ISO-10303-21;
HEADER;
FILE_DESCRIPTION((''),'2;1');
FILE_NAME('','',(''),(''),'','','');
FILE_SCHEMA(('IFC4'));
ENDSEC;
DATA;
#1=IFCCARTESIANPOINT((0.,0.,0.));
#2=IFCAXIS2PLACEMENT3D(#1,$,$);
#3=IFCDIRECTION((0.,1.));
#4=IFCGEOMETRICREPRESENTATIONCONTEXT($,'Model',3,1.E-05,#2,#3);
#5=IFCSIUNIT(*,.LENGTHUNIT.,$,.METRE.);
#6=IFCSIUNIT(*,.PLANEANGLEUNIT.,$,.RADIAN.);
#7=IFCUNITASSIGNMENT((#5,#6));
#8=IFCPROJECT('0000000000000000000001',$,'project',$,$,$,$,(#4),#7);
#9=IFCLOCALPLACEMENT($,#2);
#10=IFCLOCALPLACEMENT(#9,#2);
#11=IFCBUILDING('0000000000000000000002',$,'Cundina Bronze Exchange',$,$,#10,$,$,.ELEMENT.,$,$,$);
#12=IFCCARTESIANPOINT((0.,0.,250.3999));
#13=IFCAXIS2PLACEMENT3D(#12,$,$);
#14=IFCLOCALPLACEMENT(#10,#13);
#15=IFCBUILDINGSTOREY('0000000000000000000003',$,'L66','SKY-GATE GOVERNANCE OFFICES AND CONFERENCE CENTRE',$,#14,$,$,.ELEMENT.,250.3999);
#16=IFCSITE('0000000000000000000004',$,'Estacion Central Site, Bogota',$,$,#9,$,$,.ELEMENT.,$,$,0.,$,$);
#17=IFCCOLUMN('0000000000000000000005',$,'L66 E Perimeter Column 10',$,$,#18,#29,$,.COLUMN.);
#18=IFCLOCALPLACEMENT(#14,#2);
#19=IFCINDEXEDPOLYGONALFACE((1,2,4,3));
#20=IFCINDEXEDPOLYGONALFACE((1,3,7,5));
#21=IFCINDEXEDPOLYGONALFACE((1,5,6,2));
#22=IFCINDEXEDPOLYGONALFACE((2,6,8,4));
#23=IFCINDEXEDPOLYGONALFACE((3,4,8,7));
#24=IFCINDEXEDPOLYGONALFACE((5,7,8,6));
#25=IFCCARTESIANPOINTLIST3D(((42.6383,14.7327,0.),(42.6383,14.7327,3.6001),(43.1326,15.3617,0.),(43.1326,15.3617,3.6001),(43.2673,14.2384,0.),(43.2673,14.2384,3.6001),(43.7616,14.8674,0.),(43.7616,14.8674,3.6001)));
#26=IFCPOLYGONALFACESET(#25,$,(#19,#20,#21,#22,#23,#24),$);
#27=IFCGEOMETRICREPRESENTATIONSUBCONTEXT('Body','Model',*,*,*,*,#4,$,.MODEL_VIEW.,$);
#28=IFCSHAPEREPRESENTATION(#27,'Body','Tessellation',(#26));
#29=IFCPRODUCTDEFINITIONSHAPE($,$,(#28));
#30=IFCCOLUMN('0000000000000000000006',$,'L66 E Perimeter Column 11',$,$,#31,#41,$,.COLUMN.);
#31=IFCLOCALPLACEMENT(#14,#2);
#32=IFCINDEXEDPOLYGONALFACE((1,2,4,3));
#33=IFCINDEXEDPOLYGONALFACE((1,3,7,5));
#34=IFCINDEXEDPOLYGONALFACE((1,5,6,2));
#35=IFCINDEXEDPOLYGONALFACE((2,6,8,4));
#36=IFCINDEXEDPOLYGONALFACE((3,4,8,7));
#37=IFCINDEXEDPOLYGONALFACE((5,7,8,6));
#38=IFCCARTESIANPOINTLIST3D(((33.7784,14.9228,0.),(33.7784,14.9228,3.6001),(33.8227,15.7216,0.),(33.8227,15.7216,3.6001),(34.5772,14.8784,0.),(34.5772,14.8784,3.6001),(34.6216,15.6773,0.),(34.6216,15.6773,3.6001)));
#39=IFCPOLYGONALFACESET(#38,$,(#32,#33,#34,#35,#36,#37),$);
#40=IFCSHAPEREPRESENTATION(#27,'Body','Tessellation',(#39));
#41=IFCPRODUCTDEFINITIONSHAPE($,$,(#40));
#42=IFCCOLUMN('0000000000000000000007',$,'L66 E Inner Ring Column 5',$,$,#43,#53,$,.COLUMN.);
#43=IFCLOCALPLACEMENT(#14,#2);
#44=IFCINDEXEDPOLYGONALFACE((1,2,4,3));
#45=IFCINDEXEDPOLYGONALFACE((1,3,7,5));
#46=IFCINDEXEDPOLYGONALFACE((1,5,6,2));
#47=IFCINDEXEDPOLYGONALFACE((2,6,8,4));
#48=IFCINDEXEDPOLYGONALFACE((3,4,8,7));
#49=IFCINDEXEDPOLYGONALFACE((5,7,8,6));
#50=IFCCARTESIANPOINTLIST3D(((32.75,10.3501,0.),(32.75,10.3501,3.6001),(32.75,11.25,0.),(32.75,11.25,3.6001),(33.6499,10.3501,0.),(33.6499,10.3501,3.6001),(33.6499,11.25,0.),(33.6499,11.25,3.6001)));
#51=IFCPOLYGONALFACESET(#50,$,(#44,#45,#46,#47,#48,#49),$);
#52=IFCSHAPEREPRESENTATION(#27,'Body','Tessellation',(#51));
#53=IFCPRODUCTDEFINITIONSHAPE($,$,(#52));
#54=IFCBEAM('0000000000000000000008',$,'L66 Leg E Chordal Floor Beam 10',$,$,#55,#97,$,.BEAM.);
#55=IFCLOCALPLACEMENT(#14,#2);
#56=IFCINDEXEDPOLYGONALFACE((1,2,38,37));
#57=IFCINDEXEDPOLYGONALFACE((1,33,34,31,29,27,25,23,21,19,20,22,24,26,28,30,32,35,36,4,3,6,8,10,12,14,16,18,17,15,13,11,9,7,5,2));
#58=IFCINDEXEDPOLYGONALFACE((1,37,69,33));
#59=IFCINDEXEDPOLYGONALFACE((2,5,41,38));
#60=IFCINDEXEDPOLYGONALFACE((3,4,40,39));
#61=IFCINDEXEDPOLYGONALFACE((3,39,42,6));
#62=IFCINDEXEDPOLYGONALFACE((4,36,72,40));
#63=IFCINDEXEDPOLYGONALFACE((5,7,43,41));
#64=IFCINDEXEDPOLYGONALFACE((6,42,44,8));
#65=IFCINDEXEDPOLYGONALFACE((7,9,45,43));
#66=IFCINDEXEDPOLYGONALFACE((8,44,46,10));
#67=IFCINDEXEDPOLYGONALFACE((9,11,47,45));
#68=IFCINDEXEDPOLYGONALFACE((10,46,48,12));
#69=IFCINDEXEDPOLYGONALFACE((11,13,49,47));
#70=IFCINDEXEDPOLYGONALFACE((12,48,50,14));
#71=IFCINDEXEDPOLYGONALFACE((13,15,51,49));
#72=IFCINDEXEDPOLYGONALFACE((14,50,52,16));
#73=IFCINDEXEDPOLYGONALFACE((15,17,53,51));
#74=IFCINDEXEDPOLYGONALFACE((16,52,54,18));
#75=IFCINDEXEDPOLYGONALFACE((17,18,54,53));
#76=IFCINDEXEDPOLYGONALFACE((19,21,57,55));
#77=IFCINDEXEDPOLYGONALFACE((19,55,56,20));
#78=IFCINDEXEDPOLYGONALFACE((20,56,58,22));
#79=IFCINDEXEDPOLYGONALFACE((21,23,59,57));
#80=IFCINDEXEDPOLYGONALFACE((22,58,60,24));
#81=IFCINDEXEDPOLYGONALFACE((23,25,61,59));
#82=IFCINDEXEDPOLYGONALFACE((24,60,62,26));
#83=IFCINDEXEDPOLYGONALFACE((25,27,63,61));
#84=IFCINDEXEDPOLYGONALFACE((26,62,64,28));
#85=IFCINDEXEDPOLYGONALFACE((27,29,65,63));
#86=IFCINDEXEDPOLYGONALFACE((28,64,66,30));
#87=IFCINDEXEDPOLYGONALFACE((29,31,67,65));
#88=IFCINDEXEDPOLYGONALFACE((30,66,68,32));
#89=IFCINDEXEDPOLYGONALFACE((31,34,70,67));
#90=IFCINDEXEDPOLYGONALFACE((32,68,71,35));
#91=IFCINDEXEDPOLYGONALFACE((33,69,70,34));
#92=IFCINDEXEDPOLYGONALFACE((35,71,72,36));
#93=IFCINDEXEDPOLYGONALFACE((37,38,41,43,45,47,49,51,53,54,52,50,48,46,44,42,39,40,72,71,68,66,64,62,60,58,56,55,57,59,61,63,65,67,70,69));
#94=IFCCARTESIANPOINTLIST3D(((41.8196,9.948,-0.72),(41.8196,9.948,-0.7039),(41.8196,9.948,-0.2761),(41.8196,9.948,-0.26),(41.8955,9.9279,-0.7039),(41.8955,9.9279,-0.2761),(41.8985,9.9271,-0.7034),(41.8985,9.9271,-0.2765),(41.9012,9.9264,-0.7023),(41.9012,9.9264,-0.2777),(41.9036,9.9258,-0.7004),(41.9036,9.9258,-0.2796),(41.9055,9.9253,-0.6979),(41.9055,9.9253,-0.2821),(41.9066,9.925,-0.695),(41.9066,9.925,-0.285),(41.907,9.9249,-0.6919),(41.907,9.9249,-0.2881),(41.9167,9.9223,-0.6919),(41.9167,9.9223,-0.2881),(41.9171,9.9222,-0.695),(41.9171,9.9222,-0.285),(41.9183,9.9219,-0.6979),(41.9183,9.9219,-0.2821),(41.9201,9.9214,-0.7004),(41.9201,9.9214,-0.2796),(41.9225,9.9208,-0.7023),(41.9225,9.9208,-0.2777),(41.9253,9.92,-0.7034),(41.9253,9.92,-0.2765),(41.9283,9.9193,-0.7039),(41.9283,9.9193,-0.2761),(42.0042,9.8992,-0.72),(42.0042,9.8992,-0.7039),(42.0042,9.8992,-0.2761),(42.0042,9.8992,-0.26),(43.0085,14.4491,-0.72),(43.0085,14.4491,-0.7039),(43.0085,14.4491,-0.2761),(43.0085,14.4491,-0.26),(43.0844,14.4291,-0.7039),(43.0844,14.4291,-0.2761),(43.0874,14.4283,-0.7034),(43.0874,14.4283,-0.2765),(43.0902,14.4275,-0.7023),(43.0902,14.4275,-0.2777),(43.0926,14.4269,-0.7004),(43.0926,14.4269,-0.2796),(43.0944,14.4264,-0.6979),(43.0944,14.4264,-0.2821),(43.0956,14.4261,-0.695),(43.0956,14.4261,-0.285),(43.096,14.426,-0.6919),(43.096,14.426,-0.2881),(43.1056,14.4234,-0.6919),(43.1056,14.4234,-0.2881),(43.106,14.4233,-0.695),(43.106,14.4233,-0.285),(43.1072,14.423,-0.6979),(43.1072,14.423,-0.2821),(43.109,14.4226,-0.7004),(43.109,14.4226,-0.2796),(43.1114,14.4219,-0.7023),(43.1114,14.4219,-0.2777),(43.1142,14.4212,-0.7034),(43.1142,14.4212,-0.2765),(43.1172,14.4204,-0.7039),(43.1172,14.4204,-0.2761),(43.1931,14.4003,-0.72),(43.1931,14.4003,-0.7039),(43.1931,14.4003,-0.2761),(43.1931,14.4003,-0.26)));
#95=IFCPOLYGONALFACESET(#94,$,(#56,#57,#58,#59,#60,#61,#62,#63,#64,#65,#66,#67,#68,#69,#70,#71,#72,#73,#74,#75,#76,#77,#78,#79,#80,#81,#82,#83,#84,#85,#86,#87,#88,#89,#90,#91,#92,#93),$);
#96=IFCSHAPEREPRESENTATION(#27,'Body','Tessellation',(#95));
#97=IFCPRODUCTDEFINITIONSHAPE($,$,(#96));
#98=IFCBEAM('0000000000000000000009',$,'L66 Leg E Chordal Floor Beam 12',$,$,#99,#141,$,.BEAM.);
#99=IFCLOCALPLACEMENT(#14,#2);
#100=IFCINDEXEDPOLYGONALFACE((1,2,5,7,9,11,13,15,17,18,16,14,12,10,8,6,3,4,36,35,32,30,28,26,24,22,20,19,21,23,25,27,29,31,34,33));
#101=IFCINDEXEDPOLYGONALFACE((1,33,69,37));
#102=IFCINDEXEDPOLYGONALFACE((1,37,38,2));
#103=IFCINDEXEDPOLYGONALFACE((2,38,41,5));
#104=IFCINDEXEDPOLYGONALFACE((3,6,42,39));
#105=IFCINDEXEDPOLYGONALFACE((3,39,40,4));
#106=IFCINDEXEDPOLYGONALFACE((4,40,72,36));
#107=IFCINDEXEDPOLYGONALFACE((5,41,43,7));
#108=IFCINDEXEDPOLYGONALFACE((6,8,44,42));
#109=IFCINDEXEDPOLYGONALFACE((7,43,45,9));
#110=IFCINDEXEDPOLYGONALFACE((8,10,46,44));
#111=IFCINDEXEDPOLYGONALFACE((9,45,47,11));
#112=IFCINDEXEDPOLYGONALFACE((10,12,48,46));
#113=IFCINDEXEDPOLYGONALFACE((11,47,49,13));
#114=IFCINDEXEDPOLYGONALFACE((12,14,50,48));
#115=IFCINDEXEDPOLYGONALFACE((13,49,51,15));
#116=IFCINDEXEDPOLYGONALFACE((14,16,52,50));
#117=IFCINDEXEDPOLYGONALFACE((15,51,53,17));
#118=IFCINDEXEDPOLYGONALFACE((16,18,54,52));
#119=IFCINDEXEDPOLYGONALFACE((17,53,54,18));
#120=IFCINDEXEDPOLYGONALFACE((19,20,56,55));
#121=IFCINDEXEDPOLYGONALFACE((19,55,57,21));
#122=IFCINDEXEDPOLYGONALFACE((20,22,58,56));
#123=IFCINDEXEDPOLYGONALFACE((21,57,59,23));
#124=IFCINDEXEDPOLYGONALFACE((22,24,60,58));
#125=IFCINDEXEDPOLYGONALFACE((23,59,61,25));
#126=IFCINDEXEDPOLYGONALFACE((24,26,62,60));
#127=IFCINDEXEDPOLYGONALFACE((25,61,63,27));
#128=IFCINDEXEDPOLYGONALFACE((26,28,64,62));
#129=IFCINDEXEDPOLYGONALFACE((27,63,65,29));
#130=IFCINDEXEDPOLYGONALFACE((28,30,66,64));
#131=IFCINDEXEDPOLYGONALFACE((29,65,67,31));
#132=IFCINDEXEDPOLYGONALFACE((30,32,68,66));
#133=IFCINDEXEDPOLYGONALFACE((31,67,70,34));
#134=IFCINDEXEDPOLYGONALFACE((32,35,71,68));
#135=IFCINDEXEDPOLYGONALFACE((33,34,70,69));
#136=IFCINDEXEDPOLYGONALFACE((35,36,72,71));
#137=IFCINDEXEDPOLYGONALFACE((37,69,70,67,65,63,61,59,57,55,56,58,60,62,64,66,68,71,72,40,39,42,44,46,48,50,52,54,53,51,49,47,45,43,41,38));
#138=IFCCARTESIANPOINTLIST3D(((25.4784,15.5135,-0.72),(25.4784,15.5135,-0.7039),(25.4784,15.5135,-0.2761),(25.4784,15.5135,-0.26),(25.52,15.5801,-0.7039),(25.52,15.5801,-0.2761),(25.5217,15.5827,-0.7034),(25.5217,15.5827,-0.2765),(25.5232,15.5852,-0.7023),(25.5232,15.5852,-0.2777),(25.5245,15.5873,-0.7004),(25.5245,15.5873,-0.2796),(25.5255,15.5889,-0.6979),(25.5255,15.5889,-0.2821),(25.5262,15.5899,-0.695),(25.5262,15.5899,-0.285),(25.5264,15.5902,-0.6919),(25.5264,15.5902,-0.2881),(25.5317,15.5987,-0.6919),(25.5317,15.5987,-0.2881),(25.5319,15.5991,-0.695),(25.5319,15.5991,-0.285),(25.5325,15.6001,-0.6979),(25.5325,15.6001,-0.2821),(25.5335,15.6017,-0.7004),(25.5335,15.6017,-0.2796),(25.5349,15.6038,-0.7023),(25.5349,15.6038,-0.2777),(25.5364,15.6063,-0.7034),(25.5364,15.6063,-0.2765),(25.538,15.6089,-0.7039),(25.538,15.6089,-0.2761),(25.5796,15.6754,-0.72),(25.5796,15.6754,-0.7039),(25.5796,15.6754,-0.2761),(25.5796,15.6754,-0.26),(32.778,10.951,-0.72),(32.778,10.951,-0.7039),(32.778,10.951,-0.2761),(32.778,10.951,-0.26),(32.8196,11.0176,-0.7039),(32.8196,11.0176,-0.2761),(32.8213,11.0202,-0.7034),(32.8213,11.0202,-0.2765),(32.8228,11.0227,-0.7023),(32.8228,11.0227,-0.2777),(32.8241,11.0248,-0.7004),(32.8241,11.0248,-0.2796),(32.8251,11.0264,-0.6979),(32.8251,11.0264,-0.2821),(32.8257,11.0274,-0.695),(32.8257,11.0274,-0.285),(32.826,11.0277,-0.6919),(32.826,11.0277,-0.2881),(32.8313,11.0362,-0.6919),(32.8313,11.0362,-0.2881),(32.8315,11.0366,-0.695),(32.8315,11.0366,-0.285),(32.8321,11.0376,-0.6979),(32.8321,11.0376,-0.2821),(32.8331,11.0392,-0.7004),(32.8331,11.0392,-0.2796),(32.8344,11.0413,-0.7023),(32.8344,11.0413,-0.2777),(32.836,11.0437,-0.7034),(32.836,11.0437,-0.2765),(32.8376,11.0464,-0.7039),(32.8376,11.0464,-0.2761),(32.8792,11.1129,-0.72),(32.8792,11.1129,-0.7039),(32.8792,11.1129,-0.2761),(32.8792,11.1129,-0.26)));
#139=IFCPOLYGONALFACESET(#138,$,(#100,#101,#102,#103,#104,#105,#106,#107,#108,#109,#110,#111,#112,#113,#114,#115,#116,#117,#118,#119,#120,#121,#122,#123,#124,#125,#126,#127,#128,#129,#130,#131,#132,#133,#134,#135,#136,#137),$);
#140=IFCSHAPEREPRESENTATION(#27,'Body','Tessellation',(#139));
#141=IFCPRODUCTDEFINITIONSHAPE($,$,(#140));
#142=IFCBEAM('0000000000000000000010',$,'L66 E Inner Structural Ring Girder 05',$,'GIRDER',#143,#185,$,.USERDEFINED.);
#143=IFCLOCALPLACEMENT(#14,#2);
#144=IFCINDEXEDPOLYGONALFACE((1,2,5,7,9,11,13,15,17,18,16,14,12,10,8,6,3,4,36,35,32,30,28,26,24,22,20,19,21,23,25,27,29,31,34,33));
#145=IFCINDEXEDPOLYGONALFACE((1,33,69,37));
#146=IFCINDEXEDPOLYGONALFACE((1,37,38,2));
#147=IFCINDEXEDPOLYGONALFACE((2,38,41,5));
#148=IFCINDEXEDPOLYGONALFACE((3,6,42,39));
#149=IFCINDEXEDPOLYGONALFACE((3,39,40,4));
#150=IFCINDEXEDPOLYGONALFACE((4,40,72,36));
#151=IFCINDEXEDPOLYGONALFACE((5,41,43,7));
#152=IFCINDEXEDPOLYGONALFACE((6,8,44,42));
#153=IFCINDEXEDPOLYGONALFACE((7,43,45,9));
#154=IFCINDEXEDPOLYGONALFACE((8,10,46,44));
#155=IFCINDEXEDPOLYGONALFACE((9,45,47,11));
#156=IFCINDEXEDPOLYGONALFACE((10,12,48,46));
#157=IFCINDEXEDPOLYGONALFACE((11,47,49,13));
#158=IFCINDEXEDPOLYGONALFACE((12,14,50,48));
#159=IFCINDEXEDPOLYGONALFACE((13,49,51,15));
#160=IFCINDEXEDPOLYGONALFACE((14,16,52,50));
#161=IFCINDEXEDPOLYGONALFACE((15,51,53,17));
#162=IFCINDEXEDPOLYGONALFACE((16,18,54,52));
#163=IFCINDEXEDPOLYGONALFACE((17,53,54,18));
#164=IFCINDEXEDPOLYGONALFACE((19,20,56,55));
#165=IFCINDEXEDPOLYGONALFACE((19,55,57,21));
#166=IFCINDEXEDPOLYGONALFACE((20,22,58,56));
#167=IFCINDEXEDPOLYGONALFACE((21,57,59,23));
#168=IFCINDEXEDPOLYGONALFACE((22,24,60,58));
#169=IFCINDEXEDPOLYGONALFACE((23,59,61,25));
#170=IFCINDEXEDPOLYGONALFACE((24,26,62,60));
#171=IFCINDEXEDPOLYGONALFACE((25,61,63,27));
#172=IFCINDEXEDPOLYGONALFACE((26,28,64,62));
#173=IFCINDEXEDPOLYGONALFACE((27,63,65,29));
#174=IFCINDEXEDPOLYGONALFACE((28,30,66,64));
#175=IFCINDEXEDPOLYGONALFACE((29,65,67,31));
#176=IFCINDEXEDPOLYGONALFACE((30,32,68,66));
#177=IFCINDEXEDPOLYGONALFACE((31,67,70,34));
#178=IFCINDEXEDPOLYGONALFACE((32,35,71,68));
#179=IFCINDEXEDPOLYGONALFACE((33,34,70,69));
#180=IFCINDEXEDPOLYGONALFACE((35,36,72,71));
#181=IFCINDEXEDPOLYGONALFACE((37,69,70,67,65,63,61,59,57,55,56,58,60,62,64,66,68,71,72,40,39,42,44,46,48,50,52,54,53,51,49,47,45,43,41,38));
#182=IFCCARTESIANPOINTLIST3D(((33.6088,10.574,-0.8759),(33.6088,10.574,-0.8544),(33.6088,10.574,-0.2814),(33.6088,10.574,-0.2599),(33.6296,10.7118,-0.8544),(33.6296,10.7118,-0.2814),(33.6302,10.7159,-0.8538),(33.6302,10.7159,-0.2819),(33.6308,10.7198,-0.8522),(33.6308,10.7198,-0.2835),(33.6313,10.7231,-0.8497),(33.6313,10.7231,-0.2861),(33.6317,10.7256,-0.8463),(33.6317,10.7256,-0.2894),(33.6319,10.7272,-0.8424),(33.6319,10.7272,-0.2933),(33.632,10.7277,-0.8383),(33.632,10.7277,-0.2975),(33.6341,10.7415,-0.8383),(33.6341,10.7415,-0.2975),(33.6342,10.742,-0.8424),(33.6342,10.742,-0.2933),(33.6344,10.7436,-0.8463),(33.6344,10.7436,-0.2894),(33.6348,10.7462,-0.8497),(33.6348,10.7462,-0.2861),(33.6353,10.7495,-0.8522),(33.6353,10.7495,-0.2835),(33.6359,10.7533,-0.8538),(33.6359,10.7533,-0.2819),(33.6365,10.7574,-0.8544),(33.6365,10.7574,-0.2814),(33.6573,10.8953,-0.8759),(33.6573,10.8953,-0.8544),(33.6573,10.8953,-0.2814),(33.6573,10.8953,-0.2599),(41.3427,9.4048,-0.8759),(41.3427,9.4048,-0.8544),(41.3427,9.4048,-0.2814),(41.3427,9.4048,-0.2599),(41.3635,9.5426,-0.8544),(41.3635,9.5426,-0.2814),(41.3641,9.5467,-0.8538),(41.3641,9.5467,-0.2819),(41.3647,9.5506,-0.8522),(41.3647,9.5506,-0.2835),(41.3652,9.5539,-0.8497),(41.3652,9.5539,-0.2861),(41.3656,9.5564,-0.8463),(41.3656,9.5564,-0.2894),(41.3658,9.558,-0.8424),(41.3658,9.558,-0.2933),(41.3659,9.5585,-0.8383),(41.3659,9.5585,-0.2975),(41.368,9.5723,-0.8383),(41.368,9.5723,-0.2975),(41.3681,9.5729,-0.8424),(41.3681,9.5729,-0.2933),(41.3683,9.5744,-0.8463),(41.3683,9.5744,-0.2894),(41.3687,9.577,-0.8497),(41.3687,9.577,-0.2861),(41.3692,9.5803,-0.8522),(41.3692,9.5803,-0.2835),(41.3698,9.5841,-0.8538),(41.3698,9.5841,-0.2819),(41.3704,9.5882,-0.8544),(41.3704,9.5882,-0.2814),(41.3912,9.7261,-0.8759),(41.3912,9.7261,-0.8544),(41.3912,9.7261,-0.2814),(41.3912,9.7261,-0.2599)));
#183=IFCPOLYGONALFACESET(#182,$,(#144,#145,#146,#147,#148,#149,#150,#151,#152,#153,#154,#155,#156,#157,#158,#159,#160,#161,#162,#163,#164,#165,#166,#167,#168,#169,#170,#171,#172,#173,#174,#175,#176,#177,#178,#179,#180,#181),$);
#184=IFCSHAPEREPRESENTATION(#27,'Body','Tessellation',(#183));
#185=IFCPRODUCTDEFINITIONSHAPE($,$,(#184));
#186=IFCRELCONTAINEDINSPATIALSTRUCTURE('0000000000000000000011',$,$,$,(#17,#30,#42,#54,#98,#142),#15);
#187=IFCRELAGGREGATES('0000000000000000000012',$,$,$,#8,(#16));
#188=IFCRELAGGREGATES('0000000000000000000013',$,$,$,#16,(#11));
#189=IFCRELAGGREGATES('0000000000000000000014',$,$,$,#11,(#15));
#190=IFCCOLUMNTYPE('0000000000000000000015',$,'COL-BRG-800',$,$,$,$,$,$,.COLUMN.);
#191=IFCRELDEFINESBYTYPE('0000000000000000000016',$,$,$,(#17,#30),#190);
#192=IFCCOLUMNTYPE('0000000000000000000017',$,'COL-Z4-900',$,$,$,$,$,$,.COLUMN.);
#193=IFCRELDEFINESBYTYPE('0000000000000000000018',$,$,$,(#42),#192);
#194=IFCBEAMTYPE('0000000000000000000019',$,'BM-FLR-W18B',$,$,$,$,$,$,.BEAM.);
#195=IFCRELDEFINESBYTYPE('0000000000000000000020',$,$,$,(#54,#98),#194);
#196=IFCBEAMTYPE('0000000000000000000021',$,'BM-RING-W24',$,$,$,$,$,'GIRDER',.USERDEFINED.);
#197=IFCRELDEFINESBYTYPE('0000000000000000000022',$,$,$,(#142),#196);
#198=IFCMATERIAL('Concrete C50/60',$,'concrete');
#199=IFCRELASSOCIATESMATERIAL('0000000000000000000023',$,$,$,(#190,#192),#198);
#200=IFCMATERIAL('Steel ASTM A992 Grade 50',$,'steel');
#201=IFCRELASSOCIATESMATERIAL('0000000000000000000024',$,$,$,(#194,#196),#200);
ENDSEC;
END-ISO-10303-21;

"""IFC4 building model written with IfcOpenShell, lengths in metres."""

from ifc_helpers import new_model, si_unit, direction, frame, origin, origin_2d, place, context, subcontext, project, spatial, rectangle, i_section, extrude, material, material_profile, profile_set, type_object, element, save


model = new_model("IFC4")

# Units and contexts
model_context = context("Model", 3, precision=1e-05, world=origin(), true_north=direction((0.0, 1.0)))
body_context = subcontext(model_context, "Body", "Model", "MODEL_VIEW")
ifc_project = project(units=[si_unit("LENGTHUNIT", "METRE"), si_unit("PLANEANGLEUNIT", "RADIAN")], contexts=[model_context])

# Site, building, storey
site_placement = place(None, origin())
site = spatial("IfcSite", under=ifc_project, at=site_placement, Name="Estacion Central Site, Bogota", CompositionType="ELEMENT", RefElevation=0.0)
building_placement = place(site_placement, origin())
building = spatial("IfcBuilding", under=site, at=building_placement, Name="Cundina Bronze Exchange", CompositionType="ELEMENT")
storey_placement = place(building_placement, frame((0.0, 0.0, 250.3999)))
storey = spatial("IfcBuildingStorey", under=building, at=storey_placement, Name="L66", Description="SKY-GATE GOVERNANCE OFFICES AND CONFERENCE CENTRE", CompositionType="ELEMENT", Elevation=250.3999)

# Columns
ifc_material_1 = material(Name="Concrete C50/60", Category="concrete")
ifc_material_profile_1 = material_profile(ifc_material_1, rectangle(XDim=0.8, YDim=0.8, at=origin_2d()), Name="RC800X800", Category="concrete")
ifc_profile_set_1 = profile_set([ifc_material_profile_1], Name="Concrete C50/60")
column_type_1 = type_object("IfcColumnType", Name="COL-BRG-800", PredefinedType="COLUMN", material=ifc_profile_set_1)
for number, where, z_axis, x_axis, name in (
    (1, (43.2, 14.8, 0.0), (0.0, 0.0, 1.0), (-0.786288, 0.61786, 0.0), "L66 E Perimeter Column 10"),
    (2, (34.2, 15.3, 0.0), (0.0, 0.0, 1.0), (-0.99846, 0.055473, 0.0), "L66 E Perimeter Column 11"),
):
    element("IfcColumn", number, at=place(storey_placement, frame(where, z_axis=z_axis, x_axis=x_axis)), inside=storey, type_object=column_type_1, Name=name, PredefinedType="COLUMN", context=body_context, shape_type="SweptSolid", body=[
        extrude(rectangle(XDim=0.8, YDim=0.8, at=origin_2d()), origin(), (0.0, 0.0, 1.0), 3.6001),
    ])
ifc_material_profile_2 = material_profile(ifc_material_1, rectangle(XDim=0.8999, YDim=0.8999, at=origin_2d()), Name="RC900X900", Category="concrete")
ifc_profile_set_2 = profile_set([ifc_material_profile_2], Name="Concrete C50/60")
column_type_2 = type_object("IfcColumnType", Name="COL-Z4-900", PredefinedType="COLUMN", material=ifc_profile_set_2)
column_placement = place(storey_placement, frame((33.2, 10.8, 0.0), z_axis=(0.0, 0.0, 1.0), x_axis=(1.0, 0.0, 0.0)))
element("IfcColumn", 3, at=column_placement, inside=storey, type_object=column_type_2, Name="L66 E Inner Ring Column 5", PredefinedType="COLUMN", context=body_context, shape_type="SweptSolid", body=[
    extrude(rectangle(XDim=0.8999, YDim=0.8999, at=origin_2d()), origin(), (0.0, 0.0, 1.0), 3.6001),
])

# Beams
ifc_material_2 = material(Name="Steel ASTM A992 Grade 50", Category="steel")
ifc_material_profile_3 = material_profile(ifc_material_2, i_section(OverallWidth=0.1909, OverallDepth=0.46, WebThickness=0.01, FlangeThickness=0.0161, FilletRadius=0.012, at=origin_2d()), Name="W18X55", Category="steel")
ifc_profile_set_3 = profile_set([ifc_material_profile_3], Name="Steel ASTM A992 Grade 50")
beam_type_1 = type_object("IfcBeamType", Name="BM-FLR-W18B", PredefinedType="BEAM", material=ifc_profile_set_3)
beam_1_placement = place(storey_placement, frame((41.9119, 9.9236, -0.49), z_axis=(0.255384, 0.96684, 0.0), x_axis=(-0.96684, 0.255384, 0.0)))
element("IfcBeam", 4, at=beam_1_placement, inside=storey, type_object=beam_type_1, Name="L66 Leg E Chordal Floor Beam 10", PredefinedType="BEAM", context=body_context, shape_type="SweptSolid", body=[
    extrude(i_section(OverallWidth=0.1909, OverallDepth=0.46, WebThickness=0.01, FlangeThickness=0.0161, FilletRadius=0.012, at=origin_2d()), origin(), (0.0, 0.0, 1.0), 4.6555),
])
beam_2_placement = place(storey_placement, frame((32.8286, 11.032, -0.49), z_axis=(-0.847984, 0.530022, 0.0), x_axis=(-0.530022, -0.847984, 0.0)))
element("IfcBeam", 5, at=beam_2_placement, inside=storey, type_object=beam_type_1, Name="L66 Leg E Chordal Floor Beam 12", PredefinedType="BEAM", context=body_context, shape_type="SweptSolid", body=[
    extrude(i_section(OverallWidth=0.1909, OverallDepth=0.46, WebThickness=0.01, FlangeThickness=0.0161, FilletRadius=0.012, at=origin_2d()), origin(), (0.0, 0.0, 1.0), 8.6082),
])
ifc_material_profile_4 = material_profile(ifc_material_2, i_section(OverallWidth=0.325, OverallDepth=0.616, WebThickness=0.0139, FlangeThickness=0.0215, FilletRadius=0.0161, at=origin_2d()), Name="W24X117", Category="steel")
ifc_profile_set_4 = profile_set([ifc_material_profile_4], Name="Steel ASTM A992 Grade 50")
beam_type_2 = type_object("IfcBeamType", Name="BM-RING-W24", ElementType="GIRDER", PredefinedType="USERDEFINED", material=ifc_profile_set_4)
beam_3_placement = place(storey_placement, frame((41.3669, 9.5654, -0.5679), z_axis=(-0.988765, 0.149479, 0.0), x_axis=(-0.149479, -0.988765, 0.0)))
element("IfcBeam", 6, at=beam_3_placement, inside=storey, type_object=beam_type_2, Name="L66 E Inner Structural Ring Girder 05", ObjectType="GIRDER", PredefinedType="USERDEFINED", context=body_context, shape_type="SweptSolid", body=[
    extrude(i_section(OverallWidth=0.325, OverallDepth=0.616, WebThickness=0.0139, FlangeThickness=0.0215, FilletRadius=0.0161, at=origin_2d()), origin(), (0.0, 0.0, 1.0), 7.8218),
])

save(model, "model.ifc")
